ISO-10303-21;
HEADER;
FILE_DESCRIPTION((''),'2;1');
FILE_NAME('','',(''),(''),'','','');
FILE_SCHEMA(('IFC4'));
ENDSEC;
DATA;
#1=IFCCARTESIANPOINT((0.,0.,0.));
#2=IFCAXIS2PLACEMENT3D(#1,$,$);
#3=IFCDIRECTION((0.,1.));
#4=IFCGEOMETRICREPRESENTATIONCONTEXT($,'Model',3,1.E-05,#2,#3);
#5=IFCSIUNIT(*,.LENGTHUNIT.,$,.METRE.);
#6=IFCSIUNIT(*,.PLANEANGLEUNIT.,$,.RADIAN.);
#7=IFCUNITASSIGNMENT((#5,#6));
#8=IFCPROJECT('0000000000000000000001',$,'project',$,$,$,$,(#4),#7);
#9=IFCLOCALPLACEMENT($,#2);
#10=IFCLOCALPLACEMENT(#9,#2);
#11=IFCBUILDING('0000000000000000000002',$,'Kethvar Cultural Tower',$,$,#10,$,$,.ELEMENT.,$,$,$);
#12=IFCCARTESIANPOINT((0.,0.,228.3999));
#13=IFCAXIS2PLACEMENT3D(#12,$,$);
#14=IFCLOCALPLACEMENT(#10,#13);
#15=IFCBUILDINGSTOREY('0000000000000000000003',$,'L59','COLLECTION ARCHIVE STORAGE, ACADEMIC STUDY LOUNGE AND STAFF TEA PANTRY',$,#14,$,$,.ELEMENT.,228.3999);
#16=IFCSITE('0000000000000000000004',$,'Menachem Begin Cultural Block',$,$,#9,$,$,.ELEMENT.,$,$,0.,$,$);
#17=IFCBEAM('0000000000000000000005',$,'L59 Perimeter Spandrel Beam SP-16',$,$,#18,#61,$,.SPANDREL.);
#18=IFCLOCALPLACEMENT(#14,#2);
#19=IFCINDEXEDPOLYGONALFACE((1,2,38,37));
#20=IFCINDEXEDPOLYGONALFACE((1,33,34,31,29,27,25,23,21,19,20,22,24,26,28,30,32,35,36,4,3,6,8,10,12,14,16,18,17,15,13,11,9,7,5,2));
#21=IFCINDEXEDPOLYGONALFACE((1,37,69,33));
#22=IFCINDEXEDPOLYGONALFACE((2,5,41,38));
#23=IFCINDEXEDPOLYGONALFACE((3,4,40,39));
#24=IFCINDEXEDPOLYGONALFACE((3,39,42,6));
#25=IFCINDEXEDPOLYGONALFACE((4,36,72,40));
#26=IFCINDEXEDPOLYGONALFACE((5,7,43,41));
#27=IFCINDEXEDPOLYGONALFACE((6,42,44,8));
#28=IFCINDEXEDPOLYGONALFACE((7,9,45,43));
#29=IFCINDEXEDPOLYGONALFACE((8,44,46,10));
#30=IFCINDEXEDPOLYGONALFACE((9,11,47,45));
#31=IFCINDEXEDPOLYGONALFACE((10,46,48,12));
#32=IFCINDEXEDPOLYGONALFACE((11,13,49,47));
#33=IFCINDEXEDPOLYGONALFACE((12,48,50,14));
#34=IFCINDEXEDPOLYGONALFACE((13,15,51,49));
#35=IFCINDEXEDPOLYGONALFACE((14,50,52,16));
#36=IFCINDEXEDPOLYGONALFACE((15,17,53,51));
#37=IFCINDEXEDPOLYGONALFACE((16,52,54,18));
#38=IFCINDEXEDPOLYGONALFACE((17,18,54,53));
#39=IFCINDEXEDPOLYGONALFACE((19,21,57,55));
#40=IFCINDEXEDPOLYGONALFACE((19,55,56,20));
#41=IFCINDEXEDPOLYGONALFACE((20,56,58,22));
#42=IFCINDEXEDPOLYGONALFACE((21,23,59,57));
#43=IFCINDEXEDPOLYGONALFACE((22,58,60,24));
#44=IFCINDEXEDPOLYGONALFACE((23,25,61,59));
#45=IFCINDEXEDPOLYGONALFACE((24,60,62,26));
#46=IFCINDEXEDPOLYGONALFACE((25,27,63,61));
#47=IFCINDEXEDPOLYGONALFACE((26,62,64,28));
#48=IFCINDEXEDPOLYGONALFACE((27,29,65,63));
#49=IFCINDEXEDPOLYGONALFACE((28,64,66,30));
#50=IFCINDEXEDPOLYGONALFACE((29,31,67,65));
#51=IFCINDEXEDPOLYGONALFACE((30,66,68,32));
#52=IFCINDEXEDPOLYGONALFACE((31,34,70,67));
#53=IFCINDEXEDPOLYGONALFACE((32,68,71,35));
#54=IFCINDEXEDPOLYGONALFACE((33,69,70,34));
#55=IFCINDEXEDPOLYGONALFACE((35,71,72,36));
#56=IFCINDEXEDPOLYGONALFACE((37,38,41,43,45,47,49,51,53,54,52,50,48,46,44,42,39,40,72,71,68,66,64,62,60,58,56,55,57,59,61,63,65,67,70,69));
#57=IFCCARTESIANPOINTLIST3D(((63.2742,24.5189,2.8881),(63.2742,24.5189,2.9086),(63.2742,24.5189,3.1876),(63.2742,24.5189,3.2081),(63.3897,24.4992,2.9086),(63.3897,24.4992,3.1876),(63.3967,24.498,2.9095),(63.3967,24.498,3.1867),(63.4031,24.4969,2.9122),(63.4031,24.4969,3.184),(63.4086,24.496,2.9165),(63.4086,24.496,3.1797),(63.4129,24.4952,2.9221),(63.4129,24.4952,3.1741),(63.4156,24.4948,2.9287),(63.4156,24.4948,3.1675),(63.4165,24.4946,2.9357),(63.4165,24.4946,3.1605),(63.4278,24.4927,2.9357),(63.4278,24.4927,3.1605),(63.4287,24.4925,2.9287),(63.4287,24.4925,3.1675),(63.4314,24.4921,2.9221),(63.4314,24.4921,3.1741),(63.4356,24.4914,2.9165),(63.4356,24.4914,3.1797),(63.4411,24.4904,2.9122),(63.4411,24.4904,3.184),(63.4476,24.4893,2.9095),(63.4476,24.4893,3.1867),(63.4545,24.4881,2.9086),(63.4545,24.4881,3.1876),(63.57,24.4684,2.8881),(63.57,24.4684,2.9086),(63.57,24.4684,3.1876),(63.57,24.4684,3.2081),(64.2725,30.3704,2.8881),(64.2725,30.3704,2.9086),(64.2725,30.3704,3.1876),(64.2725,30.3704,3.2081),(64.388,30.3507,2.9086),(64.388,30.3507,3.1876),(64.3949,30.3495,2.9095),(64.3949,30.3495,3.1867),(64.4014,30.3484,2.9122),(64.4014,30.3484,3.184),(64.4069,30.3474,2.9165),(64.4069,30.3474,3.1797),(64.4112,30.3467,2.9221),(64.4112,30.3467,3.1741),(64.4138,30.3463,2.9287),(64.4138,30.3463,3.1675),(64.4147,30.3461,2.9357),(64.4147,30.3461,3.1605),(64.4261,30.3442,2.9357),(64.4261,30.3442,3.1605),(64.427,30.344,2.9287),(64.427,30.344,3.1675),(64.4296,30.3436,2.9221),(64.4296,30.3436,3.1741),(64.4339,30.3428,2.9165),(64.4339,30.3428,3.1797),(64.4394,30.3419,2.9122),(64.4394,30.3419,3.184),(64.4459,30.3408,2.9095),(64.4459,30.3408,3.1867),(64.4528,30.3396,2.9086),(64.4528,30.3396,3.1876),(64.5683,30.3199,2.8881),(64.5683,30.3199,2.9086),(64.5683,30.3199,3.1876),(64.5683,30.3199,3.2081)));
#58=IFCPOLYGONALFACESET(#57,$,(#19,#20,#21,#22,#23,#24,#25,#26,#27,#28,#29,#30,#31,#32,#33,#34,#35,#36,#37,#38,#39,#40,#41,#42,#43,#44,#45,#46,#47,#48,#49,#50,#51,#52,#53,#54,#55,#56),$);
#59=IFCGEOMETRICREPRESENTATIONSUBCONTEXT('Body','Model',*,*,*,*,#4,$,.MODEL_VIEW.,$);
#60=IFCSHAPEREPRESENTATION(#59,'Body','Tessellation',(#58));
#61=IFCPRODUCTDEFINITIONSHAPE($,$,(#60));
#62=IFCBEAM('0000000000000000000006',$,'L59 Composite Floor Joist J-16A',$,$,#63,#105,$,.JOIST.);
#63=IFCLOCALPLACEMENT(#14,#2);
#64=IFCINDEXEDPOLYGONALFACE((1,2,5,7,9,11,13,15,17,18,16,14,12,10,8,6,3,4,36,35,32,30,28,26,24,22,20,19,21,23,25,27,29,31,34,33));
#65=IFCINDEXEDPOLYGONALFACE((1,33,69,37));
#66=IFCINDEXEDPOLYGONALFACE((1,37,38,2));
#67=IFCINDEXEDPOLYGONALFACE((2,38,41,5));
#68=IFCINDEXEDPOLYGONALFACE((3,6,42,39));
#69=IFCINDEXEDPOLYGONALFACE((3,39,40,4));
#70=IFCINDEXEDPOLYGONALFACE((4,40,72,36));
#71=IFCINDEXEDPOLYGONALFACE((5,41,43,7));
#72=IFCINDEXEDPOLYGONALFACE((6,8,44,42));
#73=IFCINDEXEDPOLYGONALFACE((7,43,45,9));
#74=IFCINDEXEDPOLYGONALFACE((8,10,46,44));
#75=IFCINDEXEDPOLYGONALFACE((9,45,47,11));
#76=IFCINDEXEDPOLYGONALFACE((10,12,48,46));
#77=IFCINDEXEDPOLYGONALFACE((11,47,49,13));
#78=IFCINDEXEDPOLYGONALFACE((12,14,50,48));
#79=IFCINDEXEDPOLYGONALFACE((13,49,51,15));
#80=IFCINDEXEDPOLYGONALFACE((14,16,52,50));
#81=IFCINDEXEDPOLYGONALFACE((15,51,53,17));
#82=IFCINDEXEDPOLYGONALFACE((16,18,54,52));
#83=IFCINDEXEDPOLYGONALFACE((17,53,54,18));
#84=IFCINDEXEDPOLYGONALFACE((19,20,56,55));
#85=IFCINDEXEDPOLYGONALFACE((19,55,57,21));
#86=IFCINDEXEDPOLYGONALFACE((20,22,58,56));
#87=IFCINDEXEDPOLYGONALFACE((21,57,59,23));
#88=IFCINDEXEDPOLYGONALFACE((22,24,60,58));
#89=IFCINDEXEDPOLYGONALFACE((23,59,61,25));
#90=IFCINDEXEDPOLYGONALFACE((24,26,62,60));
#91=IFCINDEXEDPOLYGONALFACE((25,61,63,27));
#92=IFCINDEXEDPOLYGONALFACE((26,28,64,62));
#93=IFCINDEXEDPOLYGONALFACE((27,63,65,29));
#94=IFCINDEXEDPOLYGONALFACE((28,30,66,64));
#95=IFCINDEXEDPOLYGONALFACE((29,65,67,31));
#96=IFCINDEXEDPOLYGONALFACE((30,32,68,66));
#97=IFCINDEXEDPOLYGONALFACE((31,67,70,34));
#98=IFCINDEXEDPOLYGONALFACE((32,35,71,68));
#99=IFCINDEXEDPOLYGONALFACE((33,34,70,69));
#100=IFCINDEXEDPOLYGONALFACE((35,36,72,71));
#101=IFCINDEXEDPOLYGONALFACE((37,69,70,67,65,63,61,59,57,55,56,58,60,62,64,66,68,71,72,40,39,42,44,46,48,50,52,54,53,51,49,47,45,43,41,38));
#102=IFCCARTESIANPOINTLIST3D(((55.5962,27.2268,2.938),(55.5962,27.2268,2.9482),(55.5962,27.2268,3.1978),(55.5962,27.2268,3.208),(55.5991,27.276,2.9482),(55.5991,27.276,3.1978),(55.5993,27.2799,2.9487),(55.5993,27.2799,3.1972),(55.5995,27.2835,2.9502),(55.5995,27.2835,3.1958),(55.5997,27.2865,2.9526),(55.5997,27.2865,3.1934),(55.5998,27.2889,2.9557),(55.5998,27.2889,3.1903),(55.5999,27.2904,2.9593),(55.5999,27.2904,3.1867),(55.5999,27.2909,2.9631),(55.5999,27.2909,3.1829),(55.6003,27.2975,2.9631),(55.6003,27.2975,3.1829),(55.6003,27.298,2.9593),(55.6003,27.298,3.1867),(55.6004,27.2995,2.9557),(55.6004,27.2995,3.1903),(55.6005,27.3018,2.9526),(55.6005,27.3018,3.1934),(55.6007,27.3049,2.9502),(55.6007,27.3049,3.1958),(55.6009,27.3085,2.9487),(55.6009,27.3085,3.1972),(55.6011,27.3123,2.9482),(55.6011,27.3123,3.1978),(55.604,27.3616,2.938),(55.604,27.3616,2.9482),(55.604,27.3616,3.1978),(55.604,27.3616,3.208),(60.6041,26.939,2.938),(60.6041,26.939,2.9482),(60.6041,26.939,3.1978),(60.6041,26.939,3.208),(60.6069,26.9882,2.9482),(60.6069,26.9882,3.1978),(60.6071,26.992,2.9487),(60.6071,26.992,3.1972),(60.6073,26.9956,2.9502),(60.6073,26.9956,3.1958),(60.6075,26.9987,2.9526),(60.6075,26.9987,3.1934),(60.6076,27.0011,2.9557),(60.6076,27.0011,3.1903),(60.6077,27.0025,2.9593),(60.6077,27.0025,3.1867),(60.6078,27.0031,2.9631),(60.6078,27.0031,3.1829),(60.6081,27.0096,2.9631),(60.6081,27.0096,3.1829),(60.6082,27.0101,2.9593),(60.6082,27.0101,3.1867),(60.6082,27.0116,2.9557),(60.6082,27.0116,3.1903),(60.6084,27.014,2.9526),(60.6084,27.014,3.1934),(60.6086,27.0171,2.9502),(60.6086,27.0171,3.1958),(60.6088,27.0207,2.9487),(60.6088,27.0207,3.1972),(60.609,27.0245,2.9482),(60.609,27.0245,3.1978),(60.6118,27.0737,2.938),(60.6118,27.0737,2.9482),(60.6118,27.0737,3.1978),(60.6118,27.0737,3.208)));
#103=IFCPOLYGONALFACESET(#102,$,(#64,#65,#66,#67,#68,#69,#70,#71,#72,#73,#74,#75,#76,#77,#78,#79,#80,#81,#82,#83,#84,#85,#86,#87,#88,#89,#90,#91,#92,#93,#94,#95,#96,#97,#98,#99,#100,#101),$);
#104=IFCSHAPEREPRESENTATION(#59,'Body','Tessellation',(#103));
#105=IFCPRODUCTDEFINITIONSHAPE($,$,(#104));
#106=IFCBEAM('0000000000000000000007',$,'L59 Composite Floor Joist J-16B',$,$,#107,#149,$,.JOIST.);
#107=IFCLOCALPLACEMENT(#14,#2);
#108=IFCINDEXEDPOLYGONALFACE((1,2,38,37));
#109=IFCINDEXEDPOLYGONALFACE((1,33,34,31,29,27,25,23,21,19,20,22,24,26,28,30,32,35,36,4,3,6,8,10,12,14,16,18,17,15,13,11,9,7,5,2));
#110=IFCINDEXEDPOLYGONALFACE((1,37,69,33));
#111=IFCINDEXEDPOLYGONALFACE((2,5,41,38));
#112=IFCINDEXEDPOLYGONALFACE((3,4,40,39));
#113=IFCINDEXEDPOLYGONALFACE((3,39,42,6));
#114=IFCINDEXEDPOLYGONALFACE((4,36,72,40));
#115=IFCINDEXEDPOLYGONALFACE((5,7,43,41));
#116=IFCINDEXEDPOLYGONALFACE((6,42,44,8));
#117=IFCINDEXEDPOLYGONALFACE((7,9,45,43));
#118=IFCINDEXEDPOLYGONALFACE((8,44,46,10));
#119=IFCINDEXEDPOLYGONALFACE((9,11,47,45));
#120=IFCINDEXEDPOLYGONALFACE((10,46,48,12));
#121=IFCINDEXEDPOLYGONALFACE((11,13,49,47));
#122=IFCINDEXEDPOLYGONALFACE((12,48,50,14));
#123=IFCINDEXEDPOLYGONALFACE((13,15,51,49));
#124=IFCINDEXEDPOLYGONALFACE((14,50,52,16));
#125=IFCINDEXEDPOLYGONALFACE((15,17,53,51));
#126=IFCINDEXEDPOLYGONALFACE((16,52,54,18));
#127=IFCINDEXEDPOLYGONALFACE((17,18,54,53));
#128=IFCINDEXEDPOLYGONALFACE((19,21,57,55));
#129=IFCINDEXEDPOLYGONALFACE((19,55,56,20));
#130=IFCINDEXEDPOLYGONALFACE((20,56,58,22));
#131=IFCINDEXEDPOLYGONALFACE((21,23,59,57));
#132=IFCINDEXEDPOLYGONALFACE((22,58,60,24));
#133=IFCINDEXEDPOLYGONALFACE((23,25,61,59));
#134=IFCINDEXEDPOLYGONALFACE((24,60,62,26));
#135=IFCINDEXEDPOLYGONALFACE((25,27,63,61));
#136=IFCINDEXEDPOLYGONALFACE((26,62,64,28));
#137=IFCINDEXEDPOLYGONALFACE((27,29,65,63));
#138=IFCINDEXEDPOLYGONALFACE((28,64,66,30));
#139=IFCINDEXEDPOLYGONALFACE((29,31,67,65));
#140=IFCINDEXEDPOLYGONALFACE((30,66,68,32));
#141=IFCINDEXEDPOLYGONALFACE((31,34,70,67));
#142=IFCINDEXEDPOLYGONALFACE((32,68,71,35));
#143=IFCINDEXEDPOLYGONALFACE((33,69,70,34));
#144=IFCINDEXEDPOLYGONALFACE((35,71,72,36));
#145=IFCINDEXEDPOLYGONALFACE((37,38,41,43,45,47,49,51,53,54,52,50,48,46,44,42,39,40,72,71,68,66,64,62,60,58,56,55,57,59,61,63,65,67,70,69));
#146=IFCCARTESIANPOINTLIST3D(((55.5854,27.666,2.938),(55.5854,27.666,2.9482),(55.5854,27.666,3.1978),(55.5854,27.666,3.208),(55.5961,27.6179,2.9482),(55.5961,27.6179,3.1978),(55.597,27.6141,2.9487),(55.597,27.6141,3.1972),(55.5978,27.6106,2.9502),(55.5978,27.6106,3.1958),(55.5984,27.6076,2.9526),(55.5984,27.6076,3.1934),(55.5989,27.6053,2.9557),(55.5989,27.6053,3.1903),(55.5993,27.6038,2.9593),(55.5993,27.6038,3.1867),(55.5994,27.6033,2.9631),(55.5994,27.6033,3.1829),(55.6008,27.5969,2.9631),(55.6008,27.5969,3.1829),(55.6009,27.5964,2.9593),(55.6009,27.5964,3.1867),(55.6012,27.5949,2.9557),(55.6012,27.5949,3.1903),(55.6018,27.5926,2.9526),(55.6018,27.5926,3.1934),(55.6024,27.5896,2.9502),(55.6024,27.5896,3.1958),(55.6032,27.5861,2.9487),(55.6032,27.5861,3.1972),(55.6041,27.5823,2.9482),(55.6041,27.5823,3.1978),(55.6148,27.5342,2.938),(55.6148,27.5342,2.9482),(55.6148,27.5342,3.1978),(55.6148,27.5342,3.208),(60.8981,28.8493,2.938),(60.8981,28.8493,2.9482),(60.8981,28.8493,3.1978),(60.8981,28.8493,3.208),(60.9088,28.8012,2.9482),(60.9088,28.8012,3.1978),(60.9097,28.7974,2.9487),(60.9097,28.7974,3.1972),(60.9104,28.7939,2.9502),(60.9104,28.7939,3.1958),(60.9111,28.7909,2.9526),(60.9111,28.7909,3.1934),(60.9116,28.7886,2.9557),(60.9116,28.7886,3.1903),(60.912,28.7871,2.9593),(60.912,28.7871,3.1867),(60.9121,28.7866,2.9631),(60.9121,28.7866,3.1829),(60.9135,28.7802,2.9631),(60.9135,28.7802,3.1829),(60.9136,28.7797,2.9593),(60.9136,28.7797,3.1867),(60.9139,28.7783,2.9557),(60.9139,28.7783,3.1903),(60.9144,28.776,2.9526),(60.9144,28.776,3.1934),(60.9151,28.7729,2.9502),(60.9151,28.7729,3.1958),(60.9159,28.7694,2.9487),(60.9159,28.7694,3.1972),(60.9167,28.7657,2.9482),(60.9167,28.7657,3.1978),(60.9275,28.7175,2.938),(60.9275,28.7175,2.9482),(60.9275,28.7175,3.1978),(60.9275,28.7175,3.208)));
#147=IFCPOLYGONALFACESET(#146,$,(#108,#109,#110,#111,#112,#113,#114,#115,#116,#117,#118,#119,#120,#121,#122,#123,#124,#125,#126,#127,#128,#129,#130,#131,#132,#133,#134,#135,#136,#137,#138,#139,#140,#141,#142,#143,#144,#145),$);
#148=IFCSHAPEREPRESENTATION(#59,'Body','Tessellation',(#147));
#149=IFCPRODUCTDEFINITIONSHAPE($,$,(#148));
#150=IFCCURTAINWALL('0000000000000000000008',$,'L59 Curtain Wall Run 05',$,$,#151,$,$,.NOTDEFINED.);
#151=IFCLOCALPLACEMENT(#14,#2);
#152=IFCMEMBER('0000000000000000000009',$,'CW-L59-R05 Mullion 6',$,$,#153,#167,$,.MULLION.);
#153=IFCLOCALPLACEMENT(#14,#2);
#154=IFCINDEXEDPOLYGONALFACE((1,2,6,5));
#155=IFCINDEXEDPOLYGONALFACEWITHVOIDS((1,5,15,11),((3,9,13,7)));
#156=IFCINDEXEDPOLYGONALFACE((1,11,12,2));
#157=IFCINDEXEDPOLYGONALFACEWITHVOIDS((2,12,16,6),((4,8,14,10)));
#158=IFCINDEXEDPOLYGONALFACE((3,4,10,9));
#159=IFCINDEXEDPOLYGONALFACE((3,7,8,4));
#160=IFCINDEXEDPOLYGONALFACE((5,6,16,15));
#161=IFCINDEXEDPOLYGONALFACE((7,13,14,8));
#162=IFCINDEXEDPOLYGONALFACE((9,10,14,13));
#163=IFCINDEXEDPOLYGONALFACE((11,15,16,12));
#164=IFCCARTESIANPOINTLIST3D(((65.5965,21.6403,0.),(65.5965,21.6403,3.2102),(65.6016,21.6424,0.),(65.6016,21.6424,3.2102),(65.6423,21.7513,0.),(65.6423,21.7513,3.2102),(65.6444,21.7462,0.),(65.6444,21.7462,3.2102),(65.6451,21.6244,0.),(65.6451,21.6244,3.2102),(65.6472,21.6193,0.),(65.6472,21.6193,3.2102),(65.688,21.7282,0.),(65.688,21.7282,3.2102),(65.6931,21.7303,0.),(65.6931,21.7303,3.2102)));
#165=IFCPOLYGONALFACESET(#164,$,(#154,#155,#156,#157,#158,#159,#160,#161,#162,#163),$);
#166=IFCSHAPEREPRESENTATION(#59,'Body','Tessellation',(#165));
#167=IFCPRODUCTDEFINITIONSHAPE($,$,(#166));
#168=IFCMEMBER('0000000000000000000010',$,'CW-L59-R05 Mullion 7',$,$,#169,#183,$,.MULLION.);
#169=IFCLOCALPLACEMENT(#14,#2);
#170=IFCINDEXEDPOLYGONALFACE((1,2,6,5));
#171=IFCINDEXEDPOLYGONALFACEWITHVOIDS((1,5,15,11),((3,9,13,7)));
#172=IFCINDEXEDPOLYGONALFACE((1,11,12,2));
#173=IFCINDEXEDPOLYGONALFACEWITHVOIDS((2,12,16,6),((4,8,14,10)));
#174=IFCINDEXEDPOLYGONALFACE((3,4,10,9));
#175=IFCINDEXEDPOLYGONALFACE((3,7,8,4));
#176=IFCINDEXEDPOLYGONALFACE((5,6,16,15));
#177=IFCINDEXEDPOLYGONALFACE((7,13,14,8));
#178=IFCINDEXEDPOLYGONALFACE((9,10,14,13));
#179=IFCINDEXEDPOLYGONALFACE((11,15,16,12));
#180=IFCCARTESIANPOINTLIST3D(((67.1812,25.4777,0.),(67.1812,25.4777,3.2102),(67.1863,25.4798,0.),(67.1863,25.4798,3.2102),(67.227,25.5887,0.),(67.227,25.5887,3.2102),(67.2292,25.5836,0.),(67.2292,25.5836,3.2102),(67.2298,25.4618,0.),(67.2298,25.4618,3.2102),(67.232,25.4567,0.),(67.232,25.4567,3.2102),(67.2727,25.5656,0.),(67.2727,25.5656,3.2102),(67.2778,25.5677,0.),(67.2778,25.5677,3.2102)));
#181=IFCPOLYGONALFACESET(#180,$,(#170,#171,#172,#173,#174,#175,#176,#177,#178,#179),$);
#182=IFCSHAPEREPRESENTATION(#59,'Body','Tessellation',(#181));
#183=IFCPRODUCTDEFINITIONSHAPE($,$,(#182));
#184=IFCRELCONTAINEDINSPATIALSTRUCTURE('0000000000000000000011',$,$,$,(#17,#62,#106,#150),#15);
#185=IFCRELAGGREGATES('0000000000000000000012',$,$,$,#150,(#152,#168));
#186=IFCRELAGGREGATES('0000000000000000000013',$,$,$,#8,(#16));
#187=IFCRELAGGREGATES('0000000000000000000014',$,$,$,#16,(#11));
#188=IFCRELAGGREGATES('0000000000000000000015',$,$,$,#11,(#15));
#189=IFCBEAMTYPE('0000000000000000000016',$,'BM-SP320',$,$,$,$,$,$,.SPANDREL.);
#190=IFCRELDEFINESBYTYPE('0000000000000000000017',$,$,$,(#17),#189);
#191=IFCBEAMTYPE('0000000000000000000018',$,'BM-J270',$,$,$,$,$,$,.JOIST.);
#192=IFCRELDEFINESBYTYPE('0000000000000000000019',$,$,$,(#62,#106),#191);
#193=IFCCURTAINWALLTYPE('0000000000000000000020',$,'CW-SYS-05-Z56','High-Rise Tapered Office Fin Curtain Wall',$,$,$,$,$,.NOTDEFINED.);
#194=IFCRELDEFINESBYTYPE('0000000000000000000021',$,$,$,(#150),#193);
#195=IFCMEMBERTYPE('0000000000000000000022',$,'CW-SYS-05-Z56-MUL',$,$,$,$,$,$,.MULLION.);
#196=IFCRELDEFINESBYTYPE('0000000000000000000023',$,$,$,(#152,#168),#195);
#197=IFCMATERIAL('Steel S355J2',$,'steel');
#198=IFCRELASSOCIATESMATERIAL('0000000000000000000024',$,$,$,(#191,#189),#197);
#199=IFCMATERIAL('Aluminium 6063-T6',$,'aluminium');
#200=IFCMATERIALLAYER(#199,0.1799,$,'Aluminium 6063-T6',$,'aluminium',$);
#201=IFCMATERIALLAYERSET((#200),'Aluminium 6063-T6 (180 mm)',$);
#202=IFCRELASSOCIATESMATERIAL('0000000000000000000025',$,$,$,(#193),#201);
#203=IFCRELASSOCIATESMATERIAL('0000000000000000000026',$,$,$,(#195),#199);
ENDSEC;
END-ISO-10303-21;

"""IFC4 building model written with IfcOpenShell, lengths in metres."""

from ifc_helpers import new_model, si_unit, direction, frame, origin, origin_2d, place, context, subcontext, project, spatial, hollow_rectangle, i_section, extrude, source, transform, mapped, material, layer, layer_set, material_profile, profile_set, type_object, element, aggregate, save


model = new_model("IFC4")

# Units and contexts
model_context = context("Model", 3, precision=1e-05, world=origin(), true_north=direction((0.0, 1.0)))
body_context = subcontext(model_context, "Body", "Model", "MODEL_VIEW")
ifc_project = project(units=[si_unit("LENGTHUNIT", "METRE"), si_unit("PLANEANGLEUNIT", "RADIAN")], contexts=[model_context])

# Site, building, storey
site_placement = place(None, origin())
site = spatial("IfcSite", under=ifc_project, at=site_placement, Name="Menachem Begin Cultural Block", CompositionType="ELEMENT", RefElevation=0.0)
building_placement = place(site_placement, origin())
building = spatial("IfcBuilding", under=site, at=building_placement, Name="Kethvar Cultural Tower", CompositionType="ELEMENT")
storey_placement = place(building_placement, frame((0.0, 0.0, 228.3999)))
storey = spatial("IfcBuildingStorey", under=building, at=storey_placement, Name="L59", Description="COLLECTION ARCHIVE STORAGE, ACADEMIC STUDY LOUNGE AND STAFF TEA PANTRY", CompositionType="ELEMENT", Elevation=228.3999)

# Beams
ifc_material_1 = material(Name="Steel S355J2", Category="steel")
ifc_material_profile_1 = material_profile(ifc_material_1, i_section(OverallWidth=0.135, OverallDepth=0.27, WebThickness=0.0066, FlangeThickness=0.0103, FilletRadius=0.0149, at=origin_2d()), Name="Steel S355J2 — IPE270")
ifc_profile_set_1 = profile_set([ifc_material_profile_1], Name="Steel S355J2 — IPE270")
beam_type_1 = type_object("IfcBeamType", Name="BM-J270", PredefinedType="JOIST", material=ifc_profile_set_1)
ifc_material_profile_2 = material_profile(ifc_material_1, i_section(OverallWidth=0.3, OverallDepth=0.3201, WebThickness=0.0115, FlangeThickness=0.0205, FilletRadius=0.0271, at=origin_2d()), Name="Steel S355J2 — HEB320")
ifc_profile_set_2 = profile_set([ifc_material_profile_2], Name="Steel S355J2 — HEB320")
beam_type_2 = type_object("IfcBeamType", Name="BM-SP320", PredefinedType="SPANDREL", material=ifc_profile_set_2)
shared_shape_1 = source(origin(), body_context, "Body", "SweptSolid", [
    extrude(i_section(OverallWidth=0.3, OverallDepth=0.3201, WebThickness=0.0115, FlangeThickness=0.0205, FilletRadius=0.0271, at=origin_2d()), origin(), (0.0, 0.0, 1.0), 5.936),
])
beam_1_placement = place(storey_placement, frame((63.4221, 24.4937, 3.0481), z_axis=(0.168173, 0.985758, 0.0), x_axis=(-0.985758, 0.168173, 0.0)))
element("IfcBeam", 1, at=beam_1_placement, inside=storey, type_object=beam_type_2, Name="L59 Perimeter Spandrel Beam SP-16", PredefinedType="SPANDREL", context=body_context, shape_type="MappedRepresentation", body=[
    mapped(shared_shape_1, transform((0.0, 0.0, 0.0), scale=1.0)),
])
shared_shape_2 = source(origin(), body_context, "Body", "SweptSolid", [
    extrude(i_section(OverallWidth=0.135, OverallDepth=0.27, WebThickness=0.0066, FlangeThickness=0.0103, FilletRadius=0.0149, at=origin_2d()), origin(), (0.0, 0.0, 1.0), 5.0161),
])
beam_2_placement = place(storey_placement, frame((55.6001, 27.2942, 3.073), z_axis=(0.998352, -0.057384, 0.0), x_axis=(0.057384, 0.998352, 0.0)))
element("IfcBeam", 2, at=beam_2_placement, inside=storey, type_object=beam_type_1, Name="L59 Composite Floor Joist J-16A", PredefinedType="JOIST", context=body_context, shape_type="MappedRepresentation", body=[
    mapped(shared_shape_2, transform((0.0, 0.0, 0.0), scale=1.0)),
])
shared_shape_3 = source(origin(), body_context, "Body", "SweptSolid", [
    extrude(i_section(OverallWidth=0.135, OverallDepth=0.27, WebThickness=0.0066, FlangeThickness=0.0103, FilletRadius=0.0149, at=origin_2d()), origin(), (0.0, 0.0, 1.0), 5.4429),
])
beam_3_placement = place(storey_placement, frame((55.6001, 27.6001, 3.073), z_axis=(0.97608, 0.21741, 0.0), x_axis=(-0.21741, 0.97608, 0.0)))
element("IfcBeam", 3, at=beam_3_placement, inside=storey, type_object=beam_type_1, Name="L59 Composite Floor Joist J-16B", PredefinedType="JOIST", context=body_context, shape_type="MappedRepresentation", body=[
    mapped(shared_shape_3, transform((0.0, 0.0, 0.0), scale=1.0)),
])

# Curtain wall, members
ifc_material_2 = material(Name="Aluminium 6063-T6", Category="aluminium")
ifc_layer_1 = layer(ifc_material_2, 0.1799, Name="Aluminium 6063-T6", Category="aluminium")
ifc_layer_set_1 = layer_set([ifc_layer_1], Name="Aluminium 6063-T6 (180 mm)")
curtain_wall_type = type_object("IfcCurtainWallType", Name="CW-SYS-05-Z56", Description="High-Rise Tapered Office Fin Curtain Wall", PredefinedType="NOTDEFINED", material=ifc_layer_set_1)
curtain_wall_1_placement = place(storey_placement, origin())
curtain_wall_1 = element("IfcCurtainWall", 4, at=curtain_wall_1_placement, inside=storey, type_object=curtain_wall_type, Name="L59 Curtain Wall Run 05", PredefinedType="NOTDEFINED")
ifc_material_profile_3 = material_profile(ifc_material_2, hollow_rectangle(XDim=0.0549, YDim=0.1201, WallThickness=0.0039, at=origin_2d()), Name="Aluminium 6063-T6 — RHS120x55x4")
ifc_profile_set_3 = profile_set([ifc_material_profile_3], Name="Aluminium 6063-T6 — RHS120x55x4")
member_type_1 = type_object("IfcMemberType", Name="CW-SYS-05-Z56-MUL", PredefinedType="MULLION", material=ifc_profile_set_3)
shared_shape_4 = source(origin(), body_context, "Body", "SweptSolid", [
    extrude(hollow_rectangle(XDim=0.0549, YDim=0.1201, WallThickness=0.0039, at=origin_2d()), origin(), (0.0, 0.0, 1.0), 3.2102),
])
member_1_placement = place(storey_placement, frame((65.6448, 21.6853, 0.0), z_axis=(0.0, 0.0, 1.0), x_axis=(-0.92428, 0.381716, 0.0)))
member_1 = element("IfcMember", 5, at=member_1_placement, type_object=member_type_1, Name="CW-L59-R05 Mullion 6", PredefinedType="MULLION", context=body_context, shape_type="MappedRepresentation", body=[
    mapped(shared_shape_4, transform((0.0, 0.0, 0.0), scale=1.0)),
])
member_2_placement = place(storey_placement, frame((67.2295, 25.5227, 0.0), z_axis=(0.0, 0.0, 1.0), x_axis=(-0.92428, 0.381716, 0.0)))
member_2 = element("IfcMember", 6, at=member_2_placement, type_object=member_type_1, Name="CW-L59-R05 Mullion 7", PredefinedType="MULLION", context=body_context, shape_type="MappedRepresentation", body=[
    mapped(shared_shape_4, transform((0.0, 0.0, 0.0), scale=1.0)),
])

aggregate(curtain_wall_1, [member_1, member_2])

save(model, "model.ifc")
